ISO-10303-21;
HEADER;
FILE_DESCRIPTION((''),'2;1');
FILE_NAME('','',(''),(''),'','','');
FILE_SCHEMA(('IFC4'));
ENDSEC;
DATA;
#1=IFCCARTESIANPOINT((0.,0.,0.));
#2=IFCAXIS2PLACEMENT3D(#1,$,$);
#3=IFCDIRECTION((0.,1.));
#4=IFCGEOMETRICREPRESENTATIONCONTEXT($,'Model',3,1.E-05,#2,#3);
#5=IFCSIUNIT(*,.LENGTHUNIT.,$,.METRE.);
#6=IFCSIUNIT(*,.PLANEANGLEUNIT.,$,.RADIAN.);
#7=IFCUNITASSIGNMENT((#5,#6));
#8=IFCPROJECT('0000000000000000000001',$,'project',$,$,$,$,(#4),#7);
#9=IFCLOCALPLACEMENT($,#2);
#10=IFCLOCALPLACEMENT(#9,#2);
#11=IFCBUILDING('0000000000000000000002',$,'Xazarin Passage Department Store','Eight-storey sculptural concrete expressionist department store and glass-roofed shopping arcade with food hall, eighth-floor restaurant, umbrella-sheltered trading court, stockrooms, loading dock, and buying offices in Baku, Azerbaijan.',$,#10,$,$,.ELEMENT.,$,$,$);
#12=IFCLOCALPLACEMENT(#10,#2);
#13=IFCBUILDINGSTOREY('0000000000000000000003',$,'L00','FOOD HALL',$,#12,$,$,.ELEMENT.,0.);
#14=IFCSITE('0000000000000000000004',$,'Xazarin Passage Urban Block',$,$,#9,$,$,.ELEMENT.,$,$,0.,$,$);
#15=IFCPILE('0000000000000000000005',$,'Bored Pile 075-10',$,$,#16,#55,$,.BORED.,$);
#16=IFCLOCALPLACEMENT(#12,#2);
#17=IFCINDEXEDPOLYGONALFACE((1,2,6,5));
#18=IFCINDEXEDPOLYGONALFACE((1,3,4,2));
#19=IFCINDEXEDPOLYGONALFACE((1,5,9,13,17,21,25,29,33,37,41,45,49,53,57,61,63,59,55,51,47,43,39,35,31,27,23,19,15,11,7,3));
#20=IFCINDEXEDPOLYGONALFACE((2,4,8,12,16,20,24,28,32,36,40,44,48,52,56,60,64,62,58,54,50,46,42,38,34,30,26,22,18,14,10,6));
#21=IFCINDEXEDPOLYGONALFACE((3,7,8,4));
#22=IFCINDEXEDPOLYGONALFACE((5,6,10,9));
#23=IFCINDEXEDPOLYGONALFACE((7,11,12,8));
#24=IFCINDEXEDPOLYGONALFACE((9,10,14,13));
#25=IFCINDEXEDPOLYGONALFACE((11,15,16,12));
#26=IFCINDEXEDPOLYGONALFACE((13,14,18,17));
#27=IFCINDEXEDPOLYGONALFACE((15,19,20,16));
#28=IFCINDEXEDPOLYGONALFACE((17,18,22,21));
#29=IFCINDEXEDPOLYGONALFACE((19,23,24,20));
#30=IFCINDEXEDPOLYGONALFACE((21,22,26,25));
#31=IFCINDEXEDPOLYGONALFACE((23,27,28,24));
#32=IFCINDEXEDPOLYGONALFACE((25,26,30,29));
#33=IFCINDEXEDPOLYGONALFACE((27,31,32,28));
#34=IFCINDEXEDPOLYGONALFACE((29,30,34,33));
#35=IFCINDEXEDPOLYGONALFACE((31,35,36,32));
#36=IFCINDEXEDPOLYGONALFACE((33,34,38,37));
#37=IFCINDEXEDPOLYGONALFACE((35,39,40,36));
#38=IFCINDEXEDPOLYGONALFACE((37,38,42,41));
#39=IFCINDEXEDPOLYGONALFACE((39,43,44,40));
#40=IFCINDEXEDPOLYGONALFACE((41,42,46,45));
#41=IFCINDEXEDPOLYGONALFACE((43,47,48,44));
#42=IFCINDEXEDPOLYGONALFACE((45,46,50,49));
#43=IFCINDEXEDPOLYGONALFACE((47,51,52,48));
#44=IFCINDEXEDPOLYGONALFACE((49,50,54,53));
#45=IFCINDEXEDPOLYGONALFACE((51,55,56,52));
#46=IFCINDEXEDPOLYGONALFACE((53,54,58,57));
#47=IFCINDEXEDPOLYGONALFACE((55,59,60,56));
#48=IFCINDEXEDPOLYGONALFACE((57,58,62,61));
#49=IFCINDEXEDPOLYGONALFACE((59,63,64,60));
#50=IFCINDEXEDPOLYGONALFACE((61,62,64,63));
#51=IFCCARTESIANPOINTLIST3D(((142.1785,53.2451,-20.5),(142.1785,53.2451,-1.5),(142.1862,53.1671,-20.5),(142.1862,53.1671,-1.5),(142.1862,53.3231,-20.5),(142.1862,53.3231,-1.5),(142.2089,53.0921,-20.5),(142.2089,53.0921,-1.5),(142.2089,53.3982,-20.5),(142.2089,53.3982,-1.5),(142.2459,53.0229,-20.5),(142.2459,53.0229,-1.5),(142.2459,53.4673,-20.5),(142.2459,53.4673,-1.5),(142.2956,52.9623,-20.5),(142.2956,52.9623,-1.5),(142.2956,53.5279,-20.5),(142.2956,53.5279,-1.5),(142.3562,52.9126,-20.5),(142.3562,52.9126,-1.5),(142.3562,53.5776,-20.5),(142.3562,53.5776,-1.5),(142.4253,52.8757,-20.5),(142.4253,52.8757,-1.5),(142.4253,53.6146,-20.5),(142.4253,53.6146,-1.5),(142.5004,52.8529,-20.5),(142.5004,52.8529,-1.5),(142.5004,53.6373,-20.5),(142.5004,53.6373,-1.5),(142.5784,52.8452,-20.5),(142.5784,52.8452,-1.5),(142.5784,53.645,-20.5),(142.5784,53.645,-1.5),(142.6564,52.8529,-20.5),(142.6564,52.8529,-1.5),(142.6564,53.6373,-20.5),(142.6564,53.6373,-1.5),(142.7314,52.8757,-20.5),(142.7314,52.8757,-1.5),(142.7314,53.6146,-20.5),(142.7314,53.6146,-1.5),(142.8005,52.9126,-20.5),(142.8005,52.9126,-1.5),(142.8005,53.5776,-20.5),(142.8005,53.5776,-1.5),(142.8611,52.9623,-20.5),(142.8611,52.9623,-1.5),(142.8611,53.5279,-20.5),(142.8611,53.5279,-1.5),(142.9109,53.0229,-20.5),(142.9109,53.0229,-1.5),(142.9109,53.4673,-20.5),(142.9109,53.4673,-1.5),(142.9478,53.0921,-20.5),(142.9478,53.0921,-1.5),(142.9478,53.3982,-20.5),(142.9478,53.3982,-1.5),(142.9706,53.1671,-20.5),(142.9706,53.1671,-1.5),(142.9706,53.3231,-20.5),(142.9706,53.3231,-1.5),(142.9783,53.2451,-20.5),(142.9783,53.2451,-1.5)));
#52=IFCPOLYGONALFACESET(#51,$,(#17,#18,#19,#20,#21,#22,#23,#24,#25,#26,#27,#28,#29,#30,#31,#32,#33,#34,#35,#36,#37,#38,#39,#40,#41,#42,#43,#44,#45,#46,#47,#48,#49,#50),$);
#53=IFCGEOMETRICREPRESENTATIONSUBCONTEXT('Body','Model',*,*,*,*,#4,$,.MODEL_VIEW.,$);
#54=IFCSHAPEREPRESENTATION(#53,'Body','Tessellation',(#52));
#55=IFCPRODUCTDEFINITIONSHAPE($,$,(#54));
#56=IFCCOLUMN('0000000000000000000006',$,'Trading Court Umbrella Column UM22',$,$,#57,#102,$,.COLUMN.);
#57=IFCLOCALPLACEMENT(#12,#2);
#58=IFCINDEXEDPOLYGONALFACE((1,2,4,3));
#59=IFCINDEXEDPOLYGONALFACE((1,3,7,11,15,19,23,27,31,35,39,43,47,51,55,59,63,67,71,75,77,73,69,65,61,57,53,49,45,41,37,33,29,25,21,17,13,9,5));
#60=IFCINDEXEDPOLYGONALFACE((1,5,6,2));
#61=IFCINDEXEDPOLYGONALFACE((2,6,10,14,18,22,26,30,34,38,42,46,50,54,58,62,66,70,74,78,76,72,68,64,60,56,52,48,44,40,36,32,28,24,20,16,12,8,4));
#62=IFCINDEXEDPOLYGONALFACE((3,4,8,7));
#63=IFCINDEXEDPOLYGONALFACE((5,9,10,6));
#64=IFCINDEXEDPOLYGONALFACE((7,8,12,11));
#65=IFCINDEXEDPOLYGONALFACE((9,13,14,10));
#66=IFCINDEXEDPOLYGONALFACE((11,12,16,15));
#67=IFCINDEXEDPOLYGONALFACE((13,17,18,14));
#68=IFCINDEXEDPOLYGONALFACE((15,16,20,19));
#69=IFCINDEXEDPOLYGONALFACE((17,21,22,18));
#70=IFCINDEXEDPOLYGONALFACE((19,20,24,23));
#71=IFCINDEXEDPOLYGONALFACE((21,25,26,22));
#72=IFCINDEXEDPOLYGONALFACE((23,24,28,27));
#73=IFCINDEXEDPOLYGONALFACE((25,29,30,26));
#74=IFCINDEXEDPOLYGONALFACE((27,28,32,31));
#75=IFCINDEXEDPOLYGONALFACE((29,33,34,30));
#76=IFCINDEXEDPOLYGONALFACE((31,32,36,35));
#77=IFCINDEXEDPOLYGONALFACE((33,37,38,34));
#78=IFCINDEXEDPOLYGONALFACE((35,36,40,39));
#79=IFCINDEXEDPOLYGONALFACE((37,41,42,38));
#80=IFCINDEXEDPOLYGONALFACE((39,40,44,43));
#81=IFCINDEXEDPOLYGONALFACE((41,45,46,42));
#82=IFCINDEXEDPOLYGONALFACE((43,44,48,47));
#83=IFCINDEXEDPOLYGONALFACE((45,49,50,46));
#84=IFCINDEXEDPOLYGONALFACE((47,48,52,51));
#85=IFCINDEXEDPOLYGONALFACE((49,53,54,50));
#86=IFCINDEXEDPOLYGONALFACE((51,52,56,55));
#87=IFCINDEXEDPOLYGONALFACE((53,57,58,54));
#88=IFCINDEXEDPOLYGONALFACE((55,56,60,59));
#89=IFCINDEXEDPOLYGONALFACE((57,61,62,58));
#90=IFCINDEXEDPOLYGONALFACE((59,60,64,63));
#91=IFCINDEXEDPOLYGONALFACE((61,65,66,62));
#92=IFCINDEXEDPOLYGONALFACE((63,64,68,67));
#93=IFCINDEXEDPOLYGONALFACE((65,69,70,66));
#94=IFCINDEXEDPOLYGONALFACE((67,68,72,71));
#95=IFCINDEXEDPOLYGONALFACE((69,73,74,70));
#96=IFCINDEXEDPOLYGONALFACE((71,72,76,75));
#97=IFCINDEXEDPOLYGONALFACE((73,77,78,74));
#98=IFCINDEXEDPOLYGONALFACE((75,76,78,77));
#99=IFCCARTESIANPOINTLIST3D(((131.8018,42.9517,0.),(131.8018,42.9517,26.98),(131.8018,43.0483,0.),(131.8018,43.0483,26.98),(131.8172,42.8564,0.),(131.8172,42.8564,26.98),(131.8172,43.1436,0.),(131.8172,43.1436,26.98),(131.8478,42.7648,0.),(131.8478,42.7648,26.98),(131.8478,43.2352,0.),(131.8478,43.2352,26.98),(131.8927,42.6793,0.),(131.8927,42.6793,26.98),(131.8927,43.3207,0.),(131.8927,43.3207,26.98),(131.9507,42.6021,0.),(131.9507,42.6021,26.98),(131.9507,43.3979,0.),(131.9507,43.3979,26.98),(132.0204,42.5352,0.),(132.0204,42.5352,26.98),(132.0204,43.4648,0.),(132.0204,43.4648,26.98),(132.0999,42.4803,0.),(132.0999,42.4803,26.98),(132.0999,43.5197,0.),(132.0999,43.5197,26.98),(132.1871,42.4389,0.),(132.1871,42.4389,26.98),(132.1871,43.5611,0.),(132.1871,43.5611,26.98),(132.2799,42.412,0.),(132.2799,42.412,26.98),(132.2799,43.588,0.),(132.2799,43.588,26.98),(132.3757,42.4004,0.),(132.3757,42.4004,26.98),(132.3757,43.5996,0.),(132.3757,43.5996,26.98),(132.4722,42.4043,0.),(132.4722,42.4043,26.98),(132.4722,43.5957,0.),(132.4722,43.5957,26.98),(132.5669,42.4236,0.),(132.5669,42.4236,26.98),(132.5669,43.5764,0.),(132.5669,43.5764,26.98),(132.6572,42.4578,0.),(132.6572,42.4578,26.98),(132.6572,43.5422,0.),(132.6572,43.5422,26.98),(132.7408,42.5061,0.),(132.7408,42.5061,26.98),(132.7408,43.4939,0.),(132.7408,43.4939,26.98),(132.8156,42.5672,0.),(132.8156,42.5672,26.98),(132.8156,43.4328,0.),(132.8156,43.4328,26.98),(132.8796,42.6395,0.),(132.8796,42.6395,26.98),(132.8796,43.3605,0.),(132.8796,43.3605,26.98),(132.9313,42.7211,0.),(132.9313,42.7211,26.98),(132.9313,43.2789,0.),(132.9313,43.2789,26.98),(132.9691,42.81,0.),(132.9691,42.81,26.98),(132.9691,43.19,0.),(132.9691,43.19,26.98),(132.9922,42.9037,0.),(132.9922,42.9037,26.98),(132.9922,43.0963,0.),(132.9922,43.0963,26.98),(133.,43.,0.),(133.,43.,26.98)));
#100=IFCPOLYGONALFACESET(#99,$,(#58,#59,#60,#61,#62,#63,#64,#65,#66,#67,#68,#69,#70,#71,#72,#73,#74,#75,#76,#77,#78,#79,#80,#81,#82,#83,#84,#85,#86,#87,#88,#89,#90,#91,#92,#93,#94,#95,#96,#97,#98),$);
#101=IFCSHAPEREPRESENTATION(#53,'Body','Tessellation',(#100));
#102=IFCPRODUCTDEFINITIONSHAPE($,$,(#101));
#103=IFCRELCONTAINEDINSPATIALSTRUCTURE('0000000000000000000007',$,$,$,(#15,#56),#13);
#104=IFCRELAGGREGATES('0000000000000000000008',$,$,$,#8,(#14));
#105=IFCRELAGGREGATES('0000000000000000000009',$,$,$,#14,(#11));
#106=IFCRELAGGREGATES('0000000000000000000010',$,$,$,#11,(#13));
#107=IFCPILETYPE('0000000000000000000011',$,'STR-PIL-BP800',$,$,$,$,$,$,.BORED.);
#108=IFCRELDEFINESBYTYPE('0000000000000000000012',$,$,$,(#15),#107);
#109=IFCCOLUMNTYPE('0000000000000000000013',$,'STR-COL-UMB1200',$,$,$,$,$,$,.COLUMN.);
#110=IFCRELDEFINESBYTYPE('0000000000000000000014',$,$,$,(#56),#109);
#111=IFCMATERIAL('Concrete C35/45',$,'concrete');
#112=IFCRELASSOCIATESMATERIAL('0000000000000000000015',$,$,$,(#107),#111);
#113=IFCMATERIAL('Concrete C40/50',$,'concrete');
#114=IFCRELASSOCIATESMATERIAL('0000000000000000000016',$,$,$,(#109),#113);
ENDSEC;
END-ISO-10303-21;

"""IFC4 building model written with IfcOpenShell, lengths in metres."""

from ifc_helpers import new_model, si_unit, direction, frame, origin, origin_2d, place, context, subcontext, project, spatial, circle, extrude, material, material_profile, profile_set, type_object, element, save


model = new_model("IFC4")

# Units and contexts
model_context = context("Model", 3, precision=1e-05, world=origin(), true_north=direction((0.0, 1.0)))
body_context = subcontext(model_context, "Body", "Model", "MODEL_VIEW")
ifc_project = project(units=[si_unit("LENGTHUNIT", "METRE"), si_unit("PLANEANGLEUNIT", "RADIAN")], contexts=[model_context])

# Site, building, storey
site_placement = place(None, origin())
site = spatial("IfcSite", under=ifc_project, at=site_placement, Name="Xazarin Passage Urban Block", CompositionType="ELEMENT", RefElevation=0.0)
building_placement = place(site_placement, origin())
building = spatial("IfcBuilding", under=site, at=building_placement, Name="Xazarin Passage Department Store", Description="Eight-storey sculptural concrete expressionist department store and glass-roofed shopping arcade with food hall, eighth-floor restaurant, umbrella-sheltered trading court, stockrooms, loading dock, and buying offices in Baku, Azerbaijan.", CompositionType="ELEMENT")
storey_placement = place(building_placement, origin())
storey = spatial("IfcBuildingStorey", under=building, at=storey_placement, Name="L00", Description="FOOD HALL", CompositionType="ELEMENT", Elevation=0.0)

# Shared definitions
ifc_material_1 = material(Name="Concrete C35/45", Category="concrete")

# Pile
ifc_material_profile_1 = material_profile(ifc_material_1, circle(Radius=0.3999, at=origin_2d()), Name="BP 800")
ifc_profile_set_1 = profile_set([ifc_material_profile_1], Name="Concrete C35/45")
pile_type_1 = type_object("IfcPileType", Name="STR-PIL-BP800", PredefinedType="BORED", material=ifc_profile_set_1)
for number, where, z_axis, x_axis, name in (
    (1, (142.5784, 53.2451, -1.5), (0.0, 0.0, -1.0), (1.0, 0.0, 0.0), "Bored Pile 075-10"),
):
    element("IfcPile", number, at=place(storey_placement, frame(where, z_axis=z_axis, x_axis=x_axis)), inside=storey, type_object=pile_type_1, Name=name, PredefinedType="BORED", context=body_context, shape_type="SweptSolid", body=[
        extrude(circle(Radius=0.3999, at=origin_2d()), origin(), (0.0, 0.0, 1.0), 19.0),
    ])

# Column
ifc_material_2 = material(Name="Concrete C40/50", Category="concrete")
ifc_material_profile_2 = material_profile(ifc_material_2, circle(Radius=0.6001, at=origin_2d()), Name="RCD 1200")
ifc_profile_set_2 = profile_set([ifc_material_profile_2], Name="Concrete C40/50")
column_type = type_object("IfcColumnType", Name="STR-COL-UMB1200", PredefinedType="COLUMN", material=ifc_profile_set_2)
column_placement = place(storey_placement, frame((132.3999, 43.0, 0.0), z_axis=(0.0, 0.0, 1.0), x_axis=(1.0, 0.0, 0.0)))
element("IfcColumn", 2, at=column_placement, inside=storey, type_object=column_type, Name="Trading Court Umbrella Column UM22", PredefinedType="COLUMN", context=body_context, shape_type="SweptSolid", body=[
    extrude(circle(Radius=0.6001, at=origin_2d()), origin(), (0.0, 0.0, 1.0), 26.98),
])

save(model, "model.ifc")
